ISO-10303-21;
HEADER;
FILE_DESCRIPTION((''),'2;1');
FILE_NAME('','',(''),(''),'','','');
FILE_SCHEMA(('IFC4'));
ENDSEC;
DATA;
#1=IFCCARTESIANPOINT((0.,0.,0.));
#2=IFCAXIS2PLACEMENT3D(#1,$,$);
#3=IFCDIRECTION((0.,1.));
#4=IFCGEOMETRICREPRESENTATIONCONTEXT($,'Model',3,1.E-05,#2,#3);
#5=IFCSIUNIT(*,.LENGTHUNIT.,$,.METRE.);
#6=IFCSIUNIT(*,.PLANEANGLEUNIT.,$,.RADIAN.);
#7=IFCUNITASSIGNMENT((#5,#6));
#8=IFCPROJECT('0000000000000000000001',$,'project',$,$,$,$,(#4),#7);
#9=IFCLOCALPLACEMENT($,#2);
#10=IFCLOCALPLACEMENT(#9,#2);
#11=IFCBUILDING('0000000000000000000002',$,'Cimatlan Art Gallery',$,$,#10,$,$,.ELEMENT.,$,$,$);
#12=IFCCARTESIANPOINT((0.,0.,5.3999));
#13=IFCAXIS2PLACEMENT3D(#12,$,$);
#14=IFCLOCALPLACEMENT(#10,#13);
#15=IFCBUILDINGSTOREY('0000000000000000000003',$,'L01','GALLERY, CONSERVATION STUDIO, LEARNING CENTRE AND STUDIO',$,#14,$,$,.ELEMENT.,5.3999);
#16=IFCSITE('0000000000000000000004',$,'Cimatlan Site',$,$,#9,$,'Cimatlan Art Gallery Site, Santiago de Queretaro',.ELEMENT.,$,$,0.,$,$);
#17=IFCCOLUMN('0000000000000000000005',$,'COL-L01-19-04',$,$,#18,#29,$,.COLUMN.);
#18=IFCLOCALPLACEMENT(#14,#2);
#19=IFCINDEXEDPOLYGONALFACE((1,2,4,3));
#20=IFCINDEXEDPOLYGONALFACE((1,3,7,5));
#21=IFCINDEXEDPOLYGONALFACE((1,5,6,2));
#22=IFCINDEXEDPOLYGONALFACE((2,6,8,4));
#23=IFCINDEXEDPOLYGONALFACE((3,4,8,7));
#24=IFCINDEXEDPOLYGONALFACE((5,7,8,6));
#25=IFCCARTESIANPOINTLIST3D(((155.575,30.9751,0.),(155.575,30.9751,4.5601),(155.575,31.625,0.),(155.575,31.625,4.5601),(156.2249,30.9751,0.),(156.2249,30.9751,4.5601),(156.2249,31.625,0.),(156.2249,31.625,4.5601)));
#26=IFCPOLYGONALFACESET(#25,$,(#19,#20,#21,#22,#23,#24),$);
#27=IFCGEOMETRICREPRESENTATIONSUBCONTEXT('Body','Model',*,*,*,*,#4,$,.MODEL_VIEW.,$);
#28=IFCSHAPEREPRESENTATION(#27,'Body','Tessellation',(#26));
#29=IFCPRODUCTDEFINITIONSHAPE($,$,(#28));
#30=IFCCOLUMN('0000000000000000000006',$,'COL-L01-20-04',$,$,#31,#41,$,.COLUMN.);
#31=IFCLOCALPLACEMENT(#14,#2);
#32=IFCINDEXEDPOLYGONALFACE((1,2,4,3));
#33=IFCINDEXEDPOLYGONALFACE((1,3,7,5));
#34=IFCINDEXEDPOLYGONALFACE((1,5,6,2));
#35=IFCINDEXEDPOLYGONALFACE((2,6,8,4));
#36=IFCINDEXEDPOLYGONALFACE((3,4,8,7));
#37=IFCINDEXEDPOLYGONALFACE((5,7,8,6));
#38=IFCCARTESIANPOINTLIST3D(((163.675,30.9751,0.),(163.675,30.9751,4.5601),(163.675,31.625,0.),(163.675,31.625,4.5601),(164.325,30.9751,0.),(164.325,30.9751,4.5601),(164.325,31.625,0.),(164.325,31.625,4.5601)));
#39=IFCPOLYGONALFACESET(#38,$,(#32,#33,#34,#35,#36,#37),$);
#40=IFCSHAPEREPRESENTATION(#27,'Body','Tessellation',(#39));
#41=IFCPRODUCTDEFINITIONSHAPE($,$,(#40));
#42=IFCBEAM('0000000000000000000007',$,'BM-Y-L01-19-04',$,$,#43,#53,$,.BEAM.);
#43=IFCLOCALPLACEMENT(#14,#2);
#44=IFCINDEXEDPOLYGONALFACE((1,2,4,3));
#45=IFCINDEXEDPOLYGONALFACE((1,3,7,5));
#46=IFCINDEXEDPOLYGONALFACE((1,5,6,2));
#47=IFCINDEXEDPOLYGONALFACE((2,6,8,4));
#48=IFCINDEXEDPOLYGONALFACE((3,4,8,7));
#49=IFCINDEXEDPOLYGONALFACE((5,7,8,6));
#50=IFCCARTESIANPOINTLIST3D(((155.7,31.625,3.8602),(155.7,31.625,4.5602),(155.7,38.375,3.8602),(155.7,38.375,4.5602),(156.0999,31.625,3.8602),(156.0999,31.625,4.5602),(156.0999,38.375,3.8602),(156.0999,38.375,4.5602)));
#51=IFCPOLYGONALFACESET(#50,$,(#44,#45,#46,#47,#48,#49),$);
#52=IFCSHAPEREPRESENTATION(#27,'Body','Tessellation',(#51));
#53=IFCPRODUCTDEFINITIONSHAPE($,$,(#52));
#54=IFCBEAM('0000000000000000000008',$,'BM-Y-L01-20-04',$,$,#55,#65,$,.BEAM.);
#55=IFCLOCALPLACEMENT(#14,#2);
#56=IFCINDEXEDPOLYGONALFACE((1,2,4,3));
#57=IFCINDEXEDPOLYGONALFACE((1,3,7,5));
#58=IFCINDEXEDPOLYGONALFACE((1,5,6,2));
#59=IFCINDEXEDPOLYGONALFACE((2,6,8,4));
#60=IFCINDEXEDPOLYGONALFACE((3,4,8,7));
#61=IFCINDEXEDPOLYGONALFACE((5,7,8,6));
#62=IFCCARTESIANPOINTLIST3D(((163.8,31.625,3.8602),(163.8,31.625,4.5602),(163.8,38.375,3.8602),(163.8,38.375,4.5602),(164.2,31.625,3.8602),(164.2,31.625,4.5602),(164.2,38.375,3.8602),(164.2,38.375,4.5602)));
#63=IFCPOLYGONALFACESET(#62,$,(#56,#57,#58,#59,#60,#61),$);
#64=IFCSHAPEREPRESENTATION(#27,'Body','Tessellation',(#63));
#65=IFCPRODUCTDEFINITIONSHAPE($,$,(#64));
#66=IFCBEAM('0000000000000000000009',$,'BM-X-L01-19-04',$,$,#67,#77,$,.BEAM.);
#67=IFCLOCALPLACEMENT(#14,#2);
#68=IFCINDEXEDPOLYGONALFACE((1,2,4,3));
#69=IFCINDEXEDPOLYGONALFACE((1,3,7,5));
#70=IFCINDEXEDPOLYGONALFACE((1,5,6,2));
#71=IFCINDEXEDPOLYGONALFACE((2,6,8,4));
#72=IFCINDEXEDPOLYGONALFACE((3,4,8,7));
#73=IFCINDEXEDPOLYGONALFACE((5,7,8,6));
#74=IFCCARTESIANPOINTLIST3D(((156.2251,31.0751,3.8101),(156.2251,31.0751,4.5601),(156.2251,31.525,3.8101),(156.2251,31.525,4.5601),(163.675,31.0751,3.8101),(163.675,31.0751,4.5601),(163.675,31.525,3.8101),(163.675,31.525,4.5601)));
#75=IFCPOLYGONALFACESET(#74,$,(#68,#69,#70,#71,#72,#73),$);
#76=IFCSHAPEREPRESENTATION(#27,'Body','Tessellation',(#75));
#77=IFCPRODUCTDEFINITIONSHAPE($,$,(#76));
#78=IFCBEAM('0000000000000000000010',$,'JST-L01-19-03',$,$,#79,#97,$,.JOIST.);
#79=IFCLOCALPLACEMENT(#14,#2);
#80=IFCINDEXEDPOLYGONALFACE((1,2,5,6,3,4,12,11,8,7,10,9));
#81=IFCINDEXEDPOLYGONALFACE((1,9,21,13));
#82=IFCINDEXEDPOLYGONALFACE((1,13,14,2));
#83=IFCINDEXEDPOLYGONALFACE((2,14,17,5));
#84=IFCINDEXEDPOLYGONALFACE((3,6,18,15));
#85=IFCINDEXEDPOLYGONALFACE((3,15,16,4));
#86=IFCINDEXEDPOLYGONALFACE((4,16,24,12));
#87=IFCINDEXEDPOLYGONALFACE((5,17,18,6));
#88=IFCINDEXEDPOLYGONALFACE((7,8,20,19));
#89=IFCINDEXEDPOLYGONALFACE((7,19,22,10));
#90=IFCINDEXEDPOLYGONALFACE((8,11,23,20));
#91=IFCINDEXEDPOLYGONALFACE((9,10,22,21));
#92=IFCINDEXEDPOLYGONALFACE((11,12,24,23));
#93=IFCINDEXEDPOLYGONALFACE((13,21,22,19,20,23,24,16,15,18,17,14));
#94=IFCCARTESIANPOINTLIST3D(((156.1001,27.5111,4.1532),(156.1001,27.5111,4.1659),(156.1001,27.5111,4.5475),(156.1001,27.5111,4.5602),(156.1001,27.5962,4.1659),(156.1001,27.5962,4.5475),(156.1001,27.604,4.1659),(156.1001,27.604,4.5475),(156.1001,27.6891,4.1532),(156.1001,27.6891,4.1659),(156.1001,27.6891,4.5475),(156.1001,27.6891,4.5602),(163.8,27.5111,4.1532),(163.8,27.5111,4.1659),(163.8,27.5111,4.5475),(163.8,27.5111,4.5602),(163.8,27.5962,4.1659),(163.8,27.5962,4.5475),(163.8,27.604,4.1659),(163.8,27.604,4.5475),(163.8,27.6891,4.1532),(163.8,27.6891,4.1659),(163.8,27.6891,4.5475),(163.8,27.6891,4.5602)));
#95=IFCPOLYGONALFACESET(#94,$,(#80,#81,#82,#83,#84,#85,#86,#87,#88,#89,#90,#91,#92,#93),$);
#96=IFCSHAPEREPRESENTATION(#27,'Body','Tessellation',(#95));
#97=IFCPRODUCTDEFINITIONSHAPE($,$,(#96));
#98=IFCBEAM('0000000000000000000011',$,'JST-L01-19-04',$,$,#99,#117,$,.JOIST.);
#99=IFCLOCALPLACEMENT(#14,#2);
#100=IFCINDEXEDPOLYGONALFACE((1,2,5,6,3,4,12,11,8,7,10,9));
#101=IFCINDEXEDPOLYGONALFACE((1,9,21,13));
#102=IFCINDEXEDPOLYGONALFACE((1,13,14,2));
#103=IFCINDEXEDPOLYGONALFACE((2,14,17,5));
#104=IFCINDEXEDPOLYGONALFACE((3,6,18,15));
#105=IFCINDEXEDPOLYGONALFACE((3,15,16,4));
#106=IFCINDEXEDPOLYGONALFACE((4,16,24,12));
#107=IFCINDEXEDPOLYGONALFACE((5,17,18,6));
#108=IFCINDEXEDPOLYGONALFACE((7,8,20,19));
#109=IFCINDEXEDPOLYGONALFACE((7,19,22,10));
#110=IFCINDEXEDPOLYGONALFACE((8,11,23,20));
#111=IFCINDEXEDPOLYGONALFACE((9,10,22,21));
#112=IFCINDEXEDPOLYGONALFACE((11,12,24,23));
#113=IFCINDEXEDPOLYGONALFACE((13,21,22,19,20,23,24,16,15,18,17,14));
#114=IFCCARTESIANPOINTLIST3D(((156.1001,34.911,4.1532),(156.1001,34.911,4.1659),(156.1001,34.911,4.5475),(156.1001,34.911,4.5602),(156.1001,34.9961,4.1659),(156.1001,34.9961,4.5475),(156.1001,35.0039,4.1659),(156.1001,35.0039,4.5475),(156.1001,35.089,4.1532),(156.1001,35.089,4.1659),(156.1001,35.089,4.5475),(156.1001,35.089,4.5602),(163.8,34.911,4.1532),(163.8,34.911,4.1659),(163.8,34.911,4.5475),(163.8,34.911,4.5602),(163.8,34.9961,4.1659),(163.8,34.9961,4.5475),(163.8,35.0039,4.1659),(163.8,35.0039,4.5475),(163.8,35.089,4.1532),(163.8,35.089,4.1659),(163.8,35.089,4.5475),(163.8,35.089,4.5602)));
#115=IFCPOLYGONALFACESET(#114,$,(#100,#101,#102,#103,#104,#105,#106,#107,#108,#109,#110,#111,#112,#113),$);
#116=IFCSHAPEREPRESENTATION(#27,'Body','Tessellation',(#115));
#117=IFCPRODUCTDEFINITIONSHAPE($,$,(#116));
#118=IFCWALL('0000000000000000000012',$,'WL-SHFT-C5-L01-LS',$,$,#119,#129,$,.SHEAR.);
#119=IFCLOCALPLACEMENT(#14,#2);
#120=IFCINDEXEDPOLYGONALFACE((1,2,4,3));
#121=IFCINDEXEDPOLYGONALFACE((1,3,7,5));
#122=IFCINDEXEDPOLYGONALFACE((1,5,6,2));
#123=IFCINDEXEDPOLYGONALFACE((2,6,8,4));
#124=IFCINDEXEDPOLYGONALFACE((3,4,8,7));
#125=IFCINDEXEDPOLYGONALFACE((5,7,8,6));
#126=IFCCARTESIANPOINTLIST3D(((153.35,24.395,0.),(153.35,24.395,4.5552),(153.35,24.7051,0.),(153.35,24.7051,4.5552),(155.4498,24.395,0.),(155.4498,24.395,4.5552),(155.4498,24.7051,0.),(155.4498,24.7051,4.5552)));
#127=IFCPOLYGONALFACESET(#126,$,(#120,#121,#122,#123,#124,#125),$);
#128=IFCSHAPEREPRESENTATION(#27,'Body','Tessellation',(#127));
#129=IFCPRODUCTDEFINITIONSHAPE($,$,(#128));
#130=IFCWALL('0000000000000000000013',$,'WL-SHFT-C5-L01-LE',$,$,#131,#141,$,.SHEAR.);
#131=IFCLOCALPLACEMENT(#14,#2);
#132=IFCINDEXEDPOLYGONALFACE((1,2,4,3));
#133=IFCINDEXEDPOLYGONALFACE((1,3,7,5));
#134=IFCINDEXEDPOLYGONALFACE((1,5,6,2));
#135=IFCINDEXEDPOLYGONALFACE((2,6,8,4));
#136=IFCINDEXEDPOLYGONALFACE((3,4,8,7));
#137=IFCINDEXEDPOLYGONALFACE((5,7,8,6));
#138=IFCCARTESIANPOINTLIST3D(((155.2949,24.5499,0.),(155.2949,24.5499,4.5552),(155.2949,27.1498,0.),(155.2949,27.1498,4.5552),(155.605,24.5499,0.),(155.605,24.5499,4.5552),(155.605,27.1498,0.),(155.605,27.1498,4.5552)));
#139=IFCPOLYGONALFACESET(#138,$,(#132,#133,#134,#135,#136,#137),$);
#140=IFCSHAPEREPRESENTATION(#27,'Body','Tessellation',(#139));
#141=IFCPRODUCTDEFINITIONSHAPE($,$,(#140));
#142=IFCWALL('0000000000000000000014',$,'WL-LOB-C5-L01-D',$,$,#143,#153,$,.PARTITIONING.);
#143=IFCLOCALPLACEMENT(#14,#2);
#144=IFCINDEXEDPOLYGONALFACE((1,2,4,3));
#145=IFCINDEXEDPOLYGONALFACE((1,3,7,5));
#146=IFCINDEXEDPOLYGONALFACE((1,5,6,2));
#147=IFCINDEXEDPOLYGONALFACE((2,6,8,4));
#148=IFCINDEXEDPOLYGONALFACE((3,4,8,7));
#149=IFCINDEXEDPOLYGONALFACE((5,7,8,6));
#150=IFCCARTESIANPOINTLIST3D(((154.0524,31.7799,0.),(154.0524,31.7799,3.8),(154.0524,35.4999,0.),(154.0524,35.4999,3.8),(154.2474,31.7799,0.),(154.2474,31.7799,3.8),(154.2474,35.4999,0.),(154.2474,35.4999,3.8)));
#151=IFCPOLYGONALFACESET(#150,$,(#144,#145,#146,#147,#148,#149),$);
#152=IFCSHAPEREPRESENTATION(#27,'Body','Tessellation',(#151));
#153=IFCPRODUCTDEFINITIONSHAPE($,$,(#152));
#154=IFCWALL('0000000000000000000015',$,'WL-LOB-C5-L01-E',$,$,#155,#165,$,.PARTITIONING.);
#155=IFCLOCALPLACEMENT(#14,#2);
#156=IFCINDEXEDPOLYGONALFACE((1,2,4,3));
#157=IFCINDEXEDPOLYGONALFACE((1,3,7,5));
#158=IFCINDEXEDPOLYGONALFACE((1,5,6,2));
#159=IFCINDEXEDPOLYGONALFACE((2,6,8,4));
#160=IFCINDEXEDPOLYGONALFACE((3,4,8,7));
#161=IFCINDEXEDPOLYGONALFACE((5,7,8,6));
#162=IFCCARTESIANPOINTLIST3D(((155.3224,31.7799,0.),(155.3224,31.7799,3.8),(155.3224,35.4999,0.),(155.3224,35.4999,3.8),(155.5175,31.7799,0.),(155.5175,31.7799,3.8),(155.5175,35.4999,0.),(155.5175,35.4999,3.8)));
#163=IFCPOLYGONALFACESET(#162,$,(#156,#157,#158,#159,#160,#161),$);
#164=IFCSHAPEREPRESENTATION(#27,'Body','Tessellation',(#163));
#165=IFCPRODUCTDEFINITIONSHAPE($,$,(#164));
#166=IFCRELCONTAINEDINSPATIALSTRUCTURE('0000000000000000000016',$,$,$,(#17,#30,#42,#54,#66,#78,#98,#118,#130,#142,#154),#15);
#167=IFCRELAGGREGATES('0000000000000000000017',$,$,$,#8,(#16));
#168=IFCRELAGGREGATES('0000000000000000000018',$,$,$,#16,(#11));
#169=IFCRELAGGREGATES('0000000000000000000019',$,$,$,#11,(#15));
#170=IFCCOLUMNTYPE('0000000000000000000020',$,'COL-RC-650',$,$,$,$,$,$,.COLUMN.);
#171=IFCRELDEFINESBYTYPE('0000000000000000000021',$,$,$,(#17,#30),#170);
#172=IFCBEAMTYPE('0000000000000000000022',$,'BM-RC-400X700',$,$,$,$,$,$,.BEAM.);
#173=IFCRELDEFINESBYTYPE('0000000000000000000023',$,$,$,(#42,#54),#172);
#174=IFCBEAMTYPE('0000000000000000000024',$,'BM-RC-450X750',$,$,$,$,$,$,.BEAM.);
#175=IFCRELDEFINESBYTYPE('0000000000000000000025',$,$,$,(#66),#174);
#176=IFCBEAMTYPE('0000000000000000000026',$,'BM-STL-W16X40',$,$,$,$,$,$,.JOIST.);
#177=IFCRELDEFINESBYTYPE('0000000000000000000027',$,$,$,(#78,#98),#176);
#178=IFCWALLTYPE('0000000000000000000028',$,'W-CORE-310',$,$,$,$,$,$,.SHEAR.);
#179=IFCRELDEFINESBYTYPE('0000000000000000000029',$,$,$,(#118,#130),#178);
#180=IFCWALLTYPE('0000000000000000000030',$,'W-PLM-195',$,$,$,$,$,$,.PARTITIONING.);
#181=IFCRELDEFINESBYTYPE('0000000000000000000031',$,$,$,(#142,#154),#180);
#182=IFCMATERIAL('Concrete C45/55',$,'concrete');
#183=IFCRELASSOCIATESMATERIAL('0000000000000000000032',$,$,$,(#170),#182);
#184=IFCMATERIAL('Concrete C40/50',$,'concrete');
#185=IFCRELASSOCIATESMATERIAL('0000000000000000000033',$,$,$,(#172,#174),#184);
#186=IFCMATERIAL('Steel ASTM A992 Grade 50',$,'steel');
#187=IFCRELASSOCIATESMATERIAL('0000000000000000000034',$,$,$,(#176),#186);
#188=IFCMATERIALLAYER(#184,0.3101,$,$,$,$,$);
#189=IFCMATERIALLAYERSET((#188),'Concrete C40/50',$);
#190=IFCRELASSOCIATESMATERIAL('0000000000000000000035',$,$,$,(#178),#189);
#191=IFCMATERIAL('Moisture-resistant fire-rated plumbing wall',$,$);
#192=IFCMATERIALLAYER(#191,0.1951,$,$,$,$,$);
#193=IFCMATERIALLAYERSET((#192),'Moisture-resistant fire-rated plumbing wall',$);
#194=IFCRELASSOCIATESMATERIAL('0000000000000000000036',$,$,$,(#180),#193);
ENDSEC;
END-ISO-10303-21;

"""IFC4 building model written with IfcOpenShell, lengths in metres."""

from ifc_helpers import new_model, si_unit, direction, frame, frame_2d, origin, origin_2d, place, context, subcontext, project, spatial, rectangle, i_section, extrude, material, layer, layer_set, material_profile, profile_set, type_object, element, save


model = new_model("IFC4")

# Units and contexts
model_context = context("Model", 3, precision=1e-05, world=origin(), true_north=direction((0.0, 1.0)))
body_context = subcontext(model_context, "Body", "Model", "MODEL_VIEW")
ifc_project = project(units=[si_unit("LENGTHUNIT", "METRE"), si_unit("PLANEANGLEUNIT", "RADIAN")], contexts=[model_context])

# Site, building, storey
site_placement = place(None, origin())
site = spatial("IfcSite", under=ifc_project, at=site_placement, Name="Cimatlan Site", LongName="Cimatlan Art Gallery Site, Santiago de Queretaro", CompositionType="ELEMENT", RefElevation=0.0)
building_placement = place(site_placement, origin())
building = spatial("IfcBuilding", under=site, at=building_placement, Name="Cimatlan Art Gallery", CompositionType="ELEMENT")
storey_placement = place(building_placement, frame((0.0, 0.0, 5.3999)))
storey = spatial("IfcBuildingStorey", under=building, at=storey_placement, Name="L01", Description="GALLERY, CONSERVATION STUDIO, LEARNING CENTRE AND STUDIO", CompositionType="ELEMENT", Elevation=5.3999)

# Columns
ifc_material_1 = material(Name="Concrete C45/55", Category="concrete")
ifc_material_profile_1 = material_profile(ifc_material_1, rectangle(XDim=0.6499, YDim=0.6499, at=origin_2d()), Name="RC650X650")
ifc_profile_set_1 = profile_set([ifc_material_profile_1], Name="Concrete C45/55")
column_type = type_object("IfcColumnType", Name="COL-RC-650", PredefinedType="COLUMN", material=ifc_profile_set_1)
for number, where, z_axis, x_axis, name in (
    (1, (155.8999, 31.3, 0.0), (0.0, 0.0, 1.0), (1.0, 0.0, 0.0), "COL-L01-19-04"),
    (2, (164.0, 31.3, 0.0), (0.0, 0.0, 1.0), (1.0, 0.0, 0.0), "COL-L01-20-04"),
):
    element("IfcColumn", number, at=place(storey_placement, frame(where, z_axis=z_axis, x_axis=x_axis)), inside=storey, type_object=column_type, Name=name, PredefinedType="COLUMN", context=body_context, shape_type="SweptSolid", body=[
        extrude(rectangle(XDim=0.6499, YDim=0.6499, at=origin_2d()), origin(), (0.0, 0.0, 1.0), 4.5601),
    ])

# Beams
ifc_material_2 = material(Name="Concrete C40/50", Category="concrete")
ifc_material_profile_2 = material_profile(ifc_material_2, rectangle(XDim=0.3999, YDim=0.7, at=origin_2d()), Name="RC400X700")
ifc_profile_set_2 = profile_set([ifc_material_profile_2], Name="Concrete C40/50")
beam_type_1 = type_object("IfcBeamType", Name="BM-RC-400X700", PredefinedType="BEAM", material=ifc_profile_set_2)
for number, where, z_axis, x_axis, name in (
    (3, (155.8999, 31.625, 4.2102), (0.0, 1.0, 0.0), (-1.0, 0.0, 0.0), "BM-Y-L01-19-04"),
    (4, (164.0, 31.625, 4.2102), (0.0, 1.0, 0.0), (-1.0, 0.0, 0.0), "BM-Y-L01-20-04"),
):
    element("IfcBeam", number, at=place(storey_placement, frame(where, z_axis=z_axis, x_axis=x_axis)), inside=storey, type_object=beam_type_1, Name=name, PredefinedType="BEAM", context=body_context, shape_type="SweptSolid", body=[
        extrude(rectangle(XDim=0.3999, YDim=0.7, at=origin_2d()), origin(), (0.0, 0.0, 1.0), 6.75),
    ])
ifc_material_profile_3 = material_profile(ifc_material_2, rectangle(XDim=0.45, YDim=0.75, at=origin_2d()), Name="RC450X750")
ifc_profile_set_3 = profile_set([ifc_material_profile_3], Name="Concrete C40/50")
beam_type_2 = type_object("IfcBeamType", Name="BM-RC-450X750", PredefinedType="BEAM", material=ifc_profile_set_3)
beam_placement = place(storey_placement, frame((156.2251, 31.3, 4.1851), z_axis=(1.0, 0.0, 0.0), x_axis=(0.0, 1.0, 0.0)))
element("IfcBeam", 5, at=beam_placement, inside=storey, type_object=beam_type_2, Name="BM-X-L01-19-04", PredefinedType="BEAM", context=body_context, shape_type="SweptSolid", body=[
    extrude(rectangle(XDim=0.45, YDim=0.75, at=origin_2d()), origin(), (0.0, 0.0, 1.0), 7.45),
])
ifc_material_3 = material(Name="Steel ASTM A992 Grade 50", Category="steel")
ifc_material_profile_4 = material_profile(ifc_material_3, i_section(OverallWidth=0.178, OverallDepth=0.407, WebThickness=0.0078, FlangeThickness=0.0127, at=origin_2d()), Name="W16X40")
ifc_profile_set_4 = profile_set([ifc_material_profile_4], Name="Steel ASTM A992 Grade 50")
beam_type_3 = type_object("IfcBeamType", Name="BM-STL-W16X40", PredefinedType="JOIST", material=ifc_profile_set_4)
for number, where, z_axis, x_axis, name in (
    (6, (156.1001, 27.6001, 4.3567), (1.0, 0.0, 0.0), (0.0, 1.0, 0.0), "JST-L01-19-03"),
    (7, (156.1001, 35.0, 4.3567), (1.0, 0.0, 0.0), (0.0, 1.0, 0.0), "JST-L01-19-04"),
):
    element("IfcBeam", number, at=place(storey_placement, frame(where, z_axis=z_axis, x_axis=x_axis)), inside=storey, type_object=beam_type_3, Name=name, PredefinedType="JOIST", context=body_context, shape_type="SweptSolid", body=[
        extrude(i_section(OverallWidth=0.178, OverallDepth=0.407, WebThickness=0.0078, FlangeThickness=0.0127, at=origin_2d()), origin(), (0.0, 0.0, 1.0), 7.7),
    ])

# Walls
ifc_layer_1 = layer(ifc_material_2, 0.3101)
ifc_layer_set_1 = layer_set([ifc_layer_1], Name="Concrete C40/50")
wall_type_1 = type_object("IfcWallType", Name="W-CORE-310", PredefinedType="SHEAR", material=ifc_layer_set_1)
wall_1_placement = place(storey_placement, frame((153.3501, 24.55, 0.0), z_axis=(0.0, 0.0, 1.0), x_axis=(1.0, 0.0, 0.0)))
element("IfcWall", 8, at=wall_1_placement, inside=storey, type_object=wall_type_1, Name="WL-SHFT-C5-L01-LS", PredefinedType="SHEAR", context=body_context, shape_type="SweptSolid", body=[
    extrude(rectangle(XDim=2.0999, YDim=0.3101, at=frame_2d((1.0498, 0.0))), origin(), (0.0, 0.0, 1.0), 4.5552),
])
wall_2_placement = place(storey_placement, frame((155.45, 24.55, 0.0), z_axis=(0.0, 0.0, 1.0), x_axis=(0.0, 1.0, 0.0)))
element("IfcWall", 9, at=wall_2_placement, inside=storey, type_object=wall_type_1, Name="WL-SHFT-C5-L01-LE", PredefinedType="SHEAR", context=body_context, shape_type="SweptSolid", body=[
    extrude(rectangle(XDim=2.5999, YDim=0.3101, at=frame_2d((1.2998, 0.0))), origin(), (0.0, 0.0, 1.0), 4.5552),
])

# Walls
ifc_material_4 = material(Name="Moisture-resistant fire-rated plumbing wall")
ifc_layer_2 = layer(ifc_material_4, 0.1951)
ifc_layer_set_2 = layer_set([ifc_layer_2], Name="Moisture-resistant fire-rated plumbing wall")
wall_type_2 = type_object("IfcWallType", Name="W-PLM-195", PredefinedType="PARTITIONING", material=ifc_layer_set_2)
for number, where, z_axis, x_axis, name in (
    (10, (154.1499, 31.78, 0.0), (0.0, 0.0, 1.0), (0.0, 1.0, 0.0), "WL-LOB-C5-L01-D"),
    (11, (155.4199, 31.78, 0.0), (0.0, 0.0, 1.0), (0.0, 1.0, 0.0), "WL-LOB-C5-L01-E"),
):
    element("IfcWall", number, at=place(storey_placement, frame(where, z_axis=z_axis, x_axis=x_axis)), inside=storey, type_object=wall_type_2, Name=name, PredefinedType="PARTITIONING", context=body_context, shape_type="SweptSolid", body=[
        extrude(rectangle(XDim=3.72, YDim=0.1951, at=frame_2d((1.8599, 0.0))), origin(), (0.0, 0.0, 1.0), 3.8),
    ])

save(model, "model.ifc")
